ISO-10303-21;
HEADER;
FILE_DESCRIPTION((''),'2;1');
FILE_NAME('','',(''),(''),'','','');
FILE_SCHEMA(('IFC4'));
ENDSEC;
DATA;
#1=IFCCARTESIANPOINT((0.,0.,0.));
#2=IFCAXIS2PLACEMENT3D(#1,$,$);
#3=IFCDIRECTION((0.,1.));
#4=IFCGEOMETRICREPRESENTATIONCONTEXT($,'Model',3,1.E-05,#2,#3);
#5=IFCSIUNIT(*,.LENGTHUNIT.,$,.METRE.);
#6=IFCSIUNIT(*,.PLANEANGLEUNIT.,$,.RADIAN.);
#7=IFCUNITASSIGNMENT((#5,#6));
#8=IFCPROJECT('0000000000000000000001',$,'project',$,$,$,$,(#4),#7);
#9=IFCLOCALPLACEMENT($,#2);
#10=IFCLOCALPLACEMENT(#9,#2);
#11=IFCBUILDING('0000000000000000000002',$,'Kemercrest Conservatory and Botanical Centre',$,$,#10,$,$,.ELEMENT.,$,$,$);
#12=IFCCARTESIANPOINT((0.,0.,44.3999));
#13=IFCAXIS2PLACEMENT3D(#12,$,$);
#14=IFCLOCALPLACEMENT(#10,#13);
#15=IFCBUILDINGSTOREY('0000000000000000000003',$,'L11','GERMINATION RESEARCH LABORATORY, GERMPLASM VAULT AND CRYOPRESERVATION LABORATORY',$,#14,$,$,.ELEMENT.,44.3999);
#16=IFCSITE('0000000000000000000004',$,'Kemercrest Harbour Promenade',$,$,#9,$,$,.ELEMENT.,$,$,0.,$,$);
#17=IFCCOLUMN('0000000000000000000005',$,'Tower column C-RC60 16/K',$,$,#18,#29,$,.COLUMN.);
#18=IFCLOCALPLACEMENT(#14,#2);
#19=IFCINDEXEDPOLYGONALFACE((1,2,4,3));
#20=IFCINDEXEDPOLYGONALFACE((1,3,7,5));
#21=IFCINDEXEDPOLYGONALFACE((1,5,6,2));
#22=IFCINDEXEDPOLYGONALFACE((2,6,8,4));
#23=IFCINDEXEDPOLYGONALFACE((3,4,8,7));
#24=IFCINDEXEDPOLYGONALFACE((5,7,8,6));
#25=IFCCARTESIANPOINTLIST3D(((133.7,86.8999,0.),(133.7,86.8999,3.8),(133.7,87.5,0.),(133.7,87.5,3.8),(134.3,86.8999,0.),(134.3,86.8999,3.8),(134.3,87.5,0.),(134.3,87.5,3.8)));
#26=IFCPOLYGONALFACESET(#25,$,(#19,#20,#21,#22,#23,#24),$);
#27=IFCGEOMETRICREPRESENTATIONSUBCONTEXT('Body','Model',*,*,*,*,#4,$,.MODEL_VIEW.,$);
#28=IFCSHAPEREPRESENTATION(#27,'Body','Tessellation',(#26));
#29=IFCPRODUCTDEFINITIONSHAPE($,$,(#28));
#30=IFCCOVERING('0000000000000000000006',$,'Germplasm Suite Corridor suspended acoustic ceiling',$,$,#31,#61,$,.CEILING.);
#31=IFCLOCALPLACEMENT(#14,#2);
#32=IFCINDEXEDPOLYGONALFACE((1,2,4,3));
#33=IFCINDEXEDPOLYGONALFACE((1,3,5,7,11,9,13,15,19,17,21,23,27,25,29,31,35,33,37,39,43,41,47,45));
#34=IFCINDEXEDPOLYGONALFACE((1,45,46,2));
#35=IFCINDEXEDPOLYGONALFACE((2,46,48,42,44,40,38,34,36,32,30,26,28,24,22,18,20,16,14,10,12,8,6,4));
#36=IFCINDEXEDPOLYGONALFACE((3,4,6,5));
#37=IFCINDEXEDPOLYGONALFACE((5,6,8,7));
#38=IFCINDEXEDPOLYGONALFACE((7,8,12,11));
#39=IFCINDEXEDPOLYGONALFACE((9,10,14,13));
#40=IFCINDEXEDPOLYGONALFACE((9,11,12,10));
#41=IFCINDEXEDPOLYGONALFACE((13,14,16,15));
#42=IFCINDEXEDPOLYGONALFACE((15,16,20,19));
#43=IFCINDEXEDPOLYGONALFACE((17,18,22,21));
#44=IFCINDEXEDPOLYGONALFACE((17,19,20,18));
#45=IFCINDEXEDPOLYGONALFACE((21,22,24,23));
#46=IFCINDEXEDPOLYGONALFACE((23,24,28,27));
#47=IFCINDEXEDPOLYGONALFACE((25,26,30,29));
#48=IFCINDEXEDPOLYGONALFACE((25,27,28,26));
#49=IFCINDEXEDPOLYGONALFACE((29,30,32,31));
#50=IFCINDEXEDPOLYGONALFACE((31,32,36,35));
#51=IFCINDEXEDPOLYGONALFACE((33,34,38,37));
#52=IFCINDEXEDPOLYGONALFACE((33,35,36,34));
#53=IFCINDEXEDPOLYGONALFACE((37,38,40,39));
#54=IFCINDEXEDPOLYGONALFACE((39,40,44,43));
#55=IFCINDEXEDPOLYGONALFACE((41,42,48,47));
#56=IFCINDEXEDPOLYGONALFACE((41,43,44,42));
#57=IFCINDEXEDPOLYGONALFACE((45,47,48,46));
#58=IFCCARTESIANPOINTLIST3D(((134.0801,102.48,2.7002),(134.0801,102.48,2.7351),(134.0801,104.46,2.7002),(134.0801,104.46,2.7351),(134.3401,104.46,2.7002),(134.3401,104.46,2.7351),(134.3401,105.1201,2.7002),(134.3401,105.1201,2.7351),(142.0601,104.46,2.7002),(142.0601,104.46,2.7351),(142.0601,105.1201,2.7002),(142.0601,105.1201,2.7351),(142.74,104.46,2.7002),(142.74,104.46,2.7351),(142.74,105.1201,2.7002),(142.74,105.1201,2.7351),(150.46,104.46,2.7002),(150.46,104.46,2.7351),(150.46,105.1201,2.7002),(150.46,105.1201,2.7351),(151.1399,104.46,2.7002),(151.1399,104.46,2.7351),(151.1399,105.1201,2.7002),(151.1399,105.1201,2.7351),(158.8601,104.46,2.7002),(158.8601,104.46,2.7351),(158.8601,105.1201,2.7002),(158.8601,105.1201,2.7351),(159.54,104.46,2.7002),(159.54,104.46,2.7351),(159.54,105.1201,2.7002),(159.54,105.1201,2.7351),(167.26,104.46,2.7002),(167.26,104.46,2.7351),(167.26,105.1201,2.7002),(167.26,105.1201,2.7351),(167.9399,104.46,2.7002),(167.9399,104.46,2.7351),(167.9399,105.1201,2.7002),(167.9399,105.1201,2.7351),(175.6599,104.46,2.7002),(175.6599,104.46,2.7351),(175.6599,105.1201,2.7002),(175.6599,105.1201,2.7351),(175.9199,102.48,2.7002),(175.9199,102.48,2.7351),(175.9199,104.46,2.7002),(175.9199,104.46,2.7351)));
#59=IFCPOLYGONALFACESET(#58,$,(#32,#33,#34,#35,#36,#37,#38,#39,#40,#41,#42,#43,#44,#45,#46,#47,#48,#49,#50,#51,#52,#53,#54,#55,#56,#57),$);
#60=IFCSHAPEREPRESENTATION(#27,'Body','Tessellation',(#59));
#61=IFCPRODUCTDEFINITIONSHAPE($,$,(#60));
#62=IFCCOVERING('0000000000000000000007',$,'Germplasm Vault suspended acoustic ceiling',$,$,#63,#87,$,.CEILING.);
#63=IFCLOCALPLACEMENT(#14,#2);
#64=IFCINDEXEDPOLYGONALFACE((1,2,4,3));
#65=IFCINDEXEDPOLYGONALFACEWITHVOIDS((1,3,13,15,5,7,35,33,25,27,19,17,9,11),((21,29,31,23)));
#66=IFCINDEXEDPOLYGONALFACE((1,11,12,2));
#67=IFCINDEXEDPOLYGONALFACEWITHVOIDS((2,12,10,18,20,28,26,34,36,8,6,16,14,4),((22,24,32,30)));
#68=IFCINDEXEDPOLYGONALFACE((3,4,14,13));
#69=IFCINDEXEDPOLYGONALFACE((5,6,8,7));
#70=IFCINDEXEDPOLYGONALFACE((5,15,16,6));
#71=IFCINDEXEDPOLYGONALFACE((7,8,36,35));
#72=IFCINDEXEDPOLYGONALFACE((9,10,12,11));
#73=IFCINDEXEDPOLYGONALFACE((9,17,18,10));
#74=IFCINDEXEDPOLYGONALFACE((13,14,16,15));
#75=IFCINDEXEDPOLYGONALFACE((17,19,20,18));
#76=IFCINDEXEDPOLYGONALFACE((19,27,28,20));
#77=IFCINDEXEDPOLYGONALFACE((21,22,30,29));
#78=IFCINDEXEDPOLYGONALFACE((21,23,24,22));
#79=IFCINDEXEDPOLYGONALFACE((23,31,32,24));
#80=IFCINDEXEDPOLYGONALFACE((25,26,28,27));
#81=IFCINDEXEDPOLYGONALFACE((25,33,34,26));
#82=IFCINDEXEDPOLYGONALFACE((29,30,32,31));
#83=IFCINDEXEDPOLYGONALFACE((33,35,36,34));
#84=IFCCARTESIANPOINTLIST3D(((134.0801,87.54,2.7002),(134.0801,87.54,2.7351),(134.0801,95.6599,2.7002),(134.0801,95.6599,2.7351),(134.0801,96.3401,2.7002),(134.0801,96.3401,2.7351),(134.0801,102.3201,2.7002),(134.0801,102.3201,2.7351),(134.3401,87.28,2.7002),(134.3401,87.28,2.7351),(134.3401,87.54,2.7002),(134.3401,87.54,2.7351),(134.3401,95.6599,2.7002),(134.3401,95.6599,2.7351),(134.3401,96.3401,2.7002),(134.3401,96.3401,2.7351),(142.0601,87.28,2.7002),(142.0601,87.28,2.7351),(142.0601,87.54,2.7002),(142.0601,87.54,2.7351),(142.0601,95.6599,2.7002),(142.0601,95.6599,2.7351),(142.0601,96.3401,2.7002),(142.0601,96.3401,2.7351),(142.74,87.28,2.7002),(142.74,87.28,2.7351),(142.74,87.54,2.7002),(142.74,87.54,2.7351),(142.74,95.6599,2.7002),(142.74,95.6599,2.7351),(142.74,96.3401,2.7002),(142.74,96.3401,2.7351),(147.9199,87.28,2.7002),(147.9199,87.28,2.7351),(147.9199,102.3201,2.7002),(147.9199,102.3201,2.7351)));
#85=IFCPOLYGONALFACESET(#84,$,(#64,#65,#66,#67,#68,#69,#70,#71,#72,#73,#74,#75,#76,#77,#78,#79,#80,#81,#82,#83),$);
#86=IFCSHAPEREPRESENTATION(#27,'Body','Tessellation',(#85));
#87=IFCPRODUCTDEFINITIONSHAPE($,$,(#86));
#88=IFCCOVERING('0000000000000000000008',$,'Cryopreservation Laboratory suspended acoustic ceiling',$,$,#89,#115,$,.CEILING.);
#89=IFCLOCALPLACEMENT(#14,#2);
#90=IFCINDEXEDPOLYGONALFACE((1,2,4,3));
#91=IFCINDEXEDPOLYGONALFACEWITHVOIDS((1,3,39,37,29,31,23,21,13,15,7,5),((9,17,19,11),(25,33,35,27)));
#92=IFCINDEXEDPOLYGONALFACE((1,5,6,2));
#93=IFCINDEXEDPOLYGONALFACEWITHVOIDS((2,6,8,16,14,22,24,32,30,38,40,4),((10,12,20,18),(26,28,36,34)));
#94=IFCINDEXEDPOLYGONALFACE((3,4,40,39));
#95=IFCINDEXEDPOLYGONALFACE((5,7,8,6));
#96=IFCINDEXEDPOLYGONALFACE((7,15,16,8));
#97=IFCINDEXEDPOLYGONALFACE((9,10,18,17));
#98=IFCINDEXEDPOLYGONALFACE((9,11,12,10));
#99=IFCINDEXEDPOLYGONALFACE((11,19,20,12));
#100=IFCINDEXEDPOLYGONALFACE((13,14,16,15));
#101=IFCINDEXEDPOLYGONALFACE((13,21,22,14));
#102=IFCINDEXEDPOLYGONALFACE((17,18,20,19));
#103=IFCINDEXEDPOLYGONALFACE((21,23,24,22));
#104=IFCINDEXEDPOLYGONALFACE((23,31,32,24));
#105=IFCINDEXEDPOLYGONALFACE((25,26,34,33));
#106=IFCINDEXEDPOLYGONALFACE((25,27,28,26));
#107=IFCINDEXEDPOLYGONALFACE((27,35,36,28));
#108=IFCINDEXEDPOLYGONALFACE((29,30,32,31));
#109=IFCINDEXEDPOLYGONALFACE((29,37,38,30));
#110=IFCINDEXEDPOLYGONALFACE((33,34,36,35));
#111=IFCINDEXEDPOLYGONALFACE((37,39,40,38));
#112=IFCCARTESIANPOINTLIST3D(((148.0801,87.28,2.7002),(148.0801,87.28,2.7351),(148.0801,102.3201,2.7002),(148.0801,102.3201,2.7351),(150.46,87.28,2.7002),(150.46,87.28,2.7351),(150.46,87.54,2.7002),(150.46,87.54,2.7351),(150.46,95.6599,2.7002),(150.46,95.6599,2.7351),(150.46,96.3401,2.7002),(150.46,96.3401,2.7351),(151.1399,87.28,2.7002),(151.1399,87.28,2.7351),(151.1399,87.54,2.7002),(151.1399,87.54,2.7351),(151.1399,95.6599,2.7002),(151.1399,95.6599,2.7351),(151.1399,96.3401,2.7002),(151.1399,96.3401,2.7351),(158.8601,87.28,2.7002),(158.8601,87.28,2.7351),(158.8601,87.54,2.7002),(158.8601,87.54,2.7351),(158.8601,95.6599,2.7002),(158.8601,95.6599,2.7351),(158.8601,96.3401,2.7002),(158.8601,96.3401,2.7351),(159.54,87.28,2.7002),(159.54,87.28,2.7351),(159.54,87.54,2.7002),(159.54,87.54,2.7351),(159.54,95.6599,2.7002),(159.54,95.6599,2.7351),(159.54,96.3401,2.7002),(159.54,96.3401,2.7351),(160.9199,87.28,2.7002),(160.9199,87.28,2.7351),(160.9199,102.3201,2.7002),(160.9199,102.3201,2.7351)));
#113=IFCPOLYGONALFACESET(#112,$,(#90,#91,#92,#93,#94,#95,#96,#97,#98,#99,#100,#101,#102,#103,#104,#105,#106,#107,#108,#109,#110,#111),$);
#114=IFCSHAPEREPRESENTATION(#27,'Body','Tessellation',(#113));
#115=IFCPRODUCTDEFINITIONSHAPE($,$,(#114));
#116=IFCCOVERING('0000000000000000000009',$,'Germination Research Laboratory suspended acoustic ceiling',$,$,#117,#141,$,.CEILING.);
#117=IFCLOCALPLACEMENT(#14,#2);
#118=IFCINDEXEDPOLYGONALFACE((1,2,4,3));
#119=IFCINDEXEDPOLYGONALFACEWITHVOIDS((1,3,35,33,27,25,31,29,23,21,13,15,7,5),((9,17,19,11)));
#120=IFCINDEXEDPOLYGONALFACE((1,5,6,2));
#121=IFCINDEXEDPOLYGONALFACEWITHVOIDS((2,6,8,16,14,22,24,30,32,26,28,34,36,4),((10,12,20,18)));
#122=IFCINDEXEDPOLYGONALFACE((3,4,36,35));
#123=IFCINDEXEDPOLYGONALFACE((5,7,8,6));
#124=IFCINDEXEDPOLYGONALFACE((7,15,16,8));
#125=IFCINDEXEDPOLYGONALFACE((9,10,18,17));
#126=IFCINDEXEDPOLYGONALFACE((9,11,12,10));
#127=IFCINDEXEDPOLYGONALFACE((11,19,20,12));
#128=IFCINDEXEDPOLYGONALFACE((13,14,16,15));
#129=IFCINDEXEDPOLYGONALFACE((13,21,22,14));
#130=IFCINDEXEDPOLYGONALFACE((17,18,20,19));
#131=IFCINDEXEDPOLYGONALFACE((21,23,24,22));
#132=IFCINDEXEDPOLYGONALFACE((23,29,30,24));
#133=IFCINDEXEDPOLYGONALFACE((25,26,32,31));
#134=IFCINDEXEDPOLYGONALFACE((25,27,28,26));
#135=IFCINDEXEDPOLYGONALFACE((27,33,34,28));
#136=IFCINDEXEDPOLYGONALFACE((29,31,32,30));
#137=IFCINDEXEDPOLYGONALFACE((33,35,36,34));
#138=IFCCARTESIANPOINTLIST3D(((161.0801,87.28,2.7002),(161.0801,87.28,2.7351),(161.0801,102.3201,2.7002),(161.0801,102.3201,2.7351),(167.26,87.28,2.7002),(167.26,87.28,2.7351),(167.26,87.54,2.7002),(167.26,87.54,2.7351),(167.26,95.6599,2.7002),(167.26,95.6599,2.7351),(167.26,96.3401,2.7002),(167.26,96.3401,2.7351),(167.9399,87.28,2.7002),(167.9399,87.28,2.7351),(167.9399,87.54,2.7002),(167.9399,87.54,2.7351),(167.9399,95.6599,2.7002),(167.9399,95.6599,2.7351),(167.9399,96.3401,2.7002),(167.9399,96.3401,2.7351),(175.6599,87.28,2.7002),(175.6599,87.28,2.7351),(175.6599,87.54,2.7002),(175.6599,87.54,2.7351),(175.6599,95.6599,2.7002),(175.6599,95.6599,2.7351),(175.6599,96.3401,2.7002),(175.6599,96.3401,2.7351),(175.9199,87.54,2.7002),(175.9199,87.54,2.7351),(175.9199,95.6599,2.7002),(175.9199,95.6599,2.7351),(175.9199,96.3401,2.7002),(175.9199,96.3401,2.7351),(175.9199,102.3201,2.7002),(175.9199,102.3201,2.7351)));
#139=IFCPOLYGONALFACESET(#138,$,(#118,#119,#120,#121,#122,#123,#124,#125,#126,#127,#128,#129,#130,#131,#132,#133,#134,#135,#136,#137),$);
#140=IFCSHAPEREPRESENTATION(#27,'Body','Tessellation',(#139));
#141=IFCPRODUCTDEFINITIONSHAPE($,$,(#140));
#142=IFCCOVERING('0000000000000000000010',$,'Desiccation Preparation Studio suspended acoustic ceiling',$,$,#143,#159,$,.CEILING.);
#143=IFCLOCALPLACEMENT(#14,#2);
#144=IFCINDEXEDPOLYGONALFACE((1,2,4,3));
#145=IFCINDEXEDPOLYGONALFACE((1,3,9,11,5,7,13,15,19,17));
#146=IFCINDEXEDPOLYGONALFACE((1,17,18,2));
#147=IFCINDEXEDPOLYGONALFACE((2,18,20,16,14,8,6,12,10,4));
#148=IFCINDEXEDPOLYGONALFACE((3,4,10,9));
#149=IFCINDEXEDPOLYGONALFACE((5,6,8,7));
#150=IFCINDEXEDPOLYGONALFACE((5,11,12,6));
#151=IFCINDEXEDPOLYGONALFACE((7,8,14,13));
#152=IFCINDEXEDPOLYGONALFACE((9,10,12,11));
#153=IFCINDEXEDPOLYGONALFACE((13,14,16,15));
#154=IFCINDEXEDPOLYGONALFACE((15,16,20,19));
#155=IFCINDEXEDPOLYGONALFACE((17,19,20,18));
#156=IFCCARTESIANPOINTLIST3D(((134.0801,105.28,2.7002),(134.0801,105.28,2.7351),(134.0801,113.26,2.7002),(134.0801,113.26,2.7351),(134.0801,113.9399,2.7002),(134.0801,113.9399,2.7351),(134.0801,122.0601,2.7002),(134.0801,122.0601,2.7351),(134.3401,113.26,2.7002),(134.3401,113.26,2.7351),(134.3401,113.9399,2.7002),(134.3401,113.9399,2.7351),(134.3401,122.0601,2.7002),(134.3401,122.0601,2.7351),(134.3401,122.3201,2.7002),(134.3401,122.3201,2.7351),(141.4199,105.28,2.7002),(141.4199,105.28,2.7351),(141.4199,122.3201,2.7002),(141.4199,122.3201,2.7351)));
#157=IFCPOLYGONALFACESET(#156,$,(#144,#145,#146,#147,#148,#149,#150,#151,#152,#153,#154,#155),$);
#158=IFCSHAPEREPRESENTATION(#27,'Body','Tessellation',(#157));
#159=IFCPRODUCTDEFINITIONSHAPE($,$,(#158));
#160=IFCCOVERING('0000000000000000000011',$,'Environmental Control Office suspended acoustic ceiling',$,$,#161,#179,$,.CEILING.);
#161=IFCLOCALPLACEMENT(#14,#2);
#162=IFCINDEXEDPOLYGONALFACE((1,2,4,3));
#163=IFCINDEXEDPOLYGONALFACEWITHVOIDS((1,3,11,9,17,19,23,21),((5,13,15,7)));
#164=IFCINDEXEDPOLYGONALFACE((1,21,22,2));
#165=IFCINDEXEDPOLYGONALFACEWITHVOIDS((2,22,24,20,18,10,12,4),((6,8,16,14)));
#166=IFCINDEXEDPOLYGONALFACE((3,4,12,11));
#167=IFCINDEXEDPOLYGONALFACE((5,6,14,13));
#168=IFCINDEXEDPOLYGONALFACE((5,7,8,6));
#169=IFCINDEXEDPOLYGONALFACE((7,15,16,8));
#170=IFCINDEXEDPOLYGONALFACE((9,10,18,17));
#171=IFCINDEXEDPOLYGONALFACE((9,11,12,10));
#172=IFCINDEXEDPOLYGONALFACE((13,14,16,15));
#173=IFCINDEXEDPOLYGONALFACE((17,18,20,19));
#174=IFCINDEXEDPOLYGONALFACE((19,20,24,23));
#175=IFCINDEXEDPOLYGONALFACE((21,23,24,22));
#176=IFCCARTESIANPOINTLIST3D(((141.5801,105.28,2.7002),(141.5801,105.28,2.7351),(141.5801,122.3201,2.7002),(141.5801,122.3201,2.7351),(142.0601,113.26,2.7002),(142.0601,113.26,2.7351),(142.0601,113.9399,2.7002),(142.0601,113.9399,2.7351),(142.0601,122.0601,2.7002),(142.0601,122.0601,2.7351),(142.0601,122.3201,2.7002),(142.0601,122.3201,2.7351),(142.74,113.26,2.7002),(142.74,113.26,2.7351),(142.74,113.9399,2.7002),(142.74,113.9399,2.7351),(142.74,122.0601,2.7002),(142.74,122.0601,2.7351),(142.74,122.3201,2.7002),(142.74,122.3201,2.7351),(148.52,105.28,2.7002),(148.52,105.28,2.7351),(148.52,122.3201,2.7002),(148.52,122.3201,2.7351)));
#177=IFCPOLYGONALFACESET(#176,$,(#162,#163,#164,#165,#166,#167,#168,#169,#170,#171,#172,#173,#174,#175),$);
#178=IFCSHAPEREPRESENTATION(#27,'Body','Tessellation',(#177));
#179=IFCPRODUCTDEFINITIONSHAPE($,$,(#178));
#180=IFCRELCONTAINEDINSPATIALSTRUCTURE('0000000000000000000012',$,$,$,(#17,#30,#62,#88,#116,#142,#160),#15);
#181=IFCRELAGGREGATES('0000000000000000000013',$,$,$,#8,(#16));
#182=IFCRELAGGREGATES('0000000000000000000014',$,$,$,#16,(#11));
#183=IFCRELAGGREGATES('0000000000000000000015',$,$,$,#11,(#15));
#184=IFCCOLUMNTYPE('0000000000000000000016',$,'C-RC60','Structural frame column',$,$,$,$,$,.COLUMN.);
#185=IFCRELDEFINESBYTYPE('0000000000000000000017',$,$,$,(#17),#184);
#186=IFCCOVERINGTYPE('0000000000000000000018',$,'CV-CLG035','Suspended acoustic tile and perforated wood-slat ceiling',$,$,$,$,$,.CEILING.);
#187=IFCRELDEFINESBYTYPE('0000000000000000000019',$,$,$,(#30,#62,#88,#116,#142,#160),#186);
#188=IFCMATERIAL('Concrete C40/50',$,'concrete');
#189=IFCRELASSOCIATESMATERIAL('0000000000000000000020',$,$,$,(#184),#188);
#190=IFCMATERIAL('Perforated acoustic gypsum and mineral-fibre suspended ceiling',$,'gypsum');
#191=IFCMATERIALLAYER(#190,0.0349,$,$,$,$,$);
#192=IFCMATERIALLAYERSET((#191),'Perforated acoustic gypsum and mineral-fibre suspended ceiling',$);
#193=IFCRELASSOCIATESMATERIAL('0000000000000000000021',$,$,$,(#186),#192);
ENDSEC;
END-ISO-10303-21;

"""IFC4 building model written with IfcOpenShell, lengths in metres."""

from ifc_helpers import new_model, si_unit, direction, frame, origin, origin_2d, place, context, subcontext, project, spatial, polyline, rectangle, outline, extrude, material, layer, layer_set, material_profile, profile_set, type_object, element, save


model = new_model("IFC4")

# Units and contexts
model_context = context("Model", 3, precision=1e-05, world=origin(), true_north=direction((0.0, 1.0)))
body_context = subcontext(model_context, "Body", "Model", "MODEL_VIEW")
ifc_project = project(units=[si_unit("LENGTHUNIT", "METRE"), si_unit("PLANEANGLEUNIT", "RADIAN")], contexts=[model_context])

# Site, building, storey
site_placement = place(None, origin())
site = spatial("IfcSite", under=ifc_project, at=site_placement, Name="Kemercrest Harbour Promenade", CompositionType="ELEMENT", RefElevation=0.0)
building_placement = place(site_placement, origin())
building = spatial("IfcBuilding", under=site, at=building_placement, Name="Kemercrest Conservatory and Botanical Centre", CompositionType="ELEMENT")
storey_placement = place(building_placement, frame((0.0, 0.0, 44.3999)))
storey = spatial("IfcBuildingStorey", under=building, at=storey_placement, Name="L11", Description="GERMINATION RESEARCH LABORATORY, GERMPLASM VAULT AND CRYOPRESERVATION LABORATORY", CompositionType="ELEMENT", Elevation=44.3999)

# Column
ifc_material_1 = material(Name="Concrete C40/50", Category="concrete")
ifc_material_profile = material_profile(ifc_material_1, rectangle(XDim=0.6001, YDim=0.6001, at=origin_2d()), Name="RC 600x600")
ifc_profile_set = profile_set([ifc_material_profile], Name="Concrete C40/50")
column_type = type_object("IfcColumnType", Name="C-RC60", Description="Structural frame column", PredefinedType="COLUMN", material=ifc_profile_set)
column_placement = place(storey_placement, frame((134.0, 87.2, 0.0), z_axis=(0.0, 0.0, 1.0), x_axis=(1.0, 0.0, 0.0)))
element("IfcColumn", 1, at=column_placement, inside=storey, type_object=column_type, Name="Tower column C-RC60 16/K", PredefinedType="COLUMN", context=body_context, shape_type="SweptSolid", body=[
    extrude(rectangle(XDim=0.6001, YDim=0.6001, at=origin_2d()), origin(), (0.0, 0.0, 1.0), 3.8),
])

# Coverings
ifc_material_2 = material(Name="Perforated acoustic gypsum and mineral-fibre suspended ceiling", Category="gypsum")
ifc_layer_1 = layer(ifc_material_2, 0.0349)
ifc_layer_set_1 = layer_set([ifc_layer_1], Name="Perforated acoustic gypsum and mineral-fibre suspended ceiling")
covering_type_1 = type_object("IfcCoveringType", Name="CV-CLG035", Description="Suspended acoustic tile and perforated wood-slat ceiling", PredefinedType="CEILING", material=ifc_layer_set_1)
covering_1_placement = place(storey_placement, frame((0.0, 0.0, 2.7002)))
element("IfcCovering", 2, at=covering_1_placement, inside=storey, type_object=covering_type_1, Name="Germplasm Suite Corridor suspended acoustic ceiling", PredefinedType="CEILING", context=body_context, shape_type="SweptSolid", body=[
    extrude(outline(polyline([(134.0801, 102.48), (175.9199, 102.48), (175.9199, 104.46), (175.6599, 104.46), (175.6599, 105.1201), (167.9399, 105.1201), (167.9399, 104.46), (167.26, 104.46), (167.26, 105.1201), (159.54, 105.1201), (159.54, 104.46), (158.8601, 104.46), (158.8601, 105.1201), (151.1399, 105.1201), (151.1399, 104.46), (150.46, 104.46), (150.46, 105.1201), (142.74, 105.1201), (142.74, 104.46), (142.0601, 104.46), (142.0601, 105.1201), (134.3401, 105.1201), (134.3401, 104.46), (134.0801, 104.46), (134.0801, 102.48)])), origin(), (0.0, 0.0, 1.0), 0.0349),
])
covering_2_placement = place(storey_placement, frame((0.0, 0.0, 2.7002)))
element("IfcCovering", 3, at=covering_2_placement, inside=storey, type_object=covering_type_1, Name="Germplasm Vault suspended acoustic ceiling", PredefinedType="CEILING", context=body_context, shape_type="SweptSolid", body=[
    extrude(outline(polyline([(142.0601, 87.54), (142.74, 87.54), (142.74, 87.28), (147.9199, 87.28), (147.9199, 102.3201), (134.0801, 102.3201), (134.0801, 96.3401), (134.3401, 96.3401), (134.3401, 95.6599), (134.0801, 95.6599), (134.0801, 87.54), (134.3401, 87.54), (134.3401, 87.28), (142.0601, 87.28), (142.0601, 87.54)]), holes=[polyline([(142.0601, 96.3401), (142.74, 96.3401), (142.74, 95.6599), (142.0601, 95.6599), (142.0601, 96.3401)])]), origin(), (0.0, 0.0, 1.0), 0.0349),
])
covering_3_placement = place(storey_placement, frame((0.0, 0.0, 2.7002)))
element("IfcCovering", 4, at=covering_3_placement, inside=storey, type_object=covering_type_1, Name="Cryopreservation Laboratory suspended acoustic ceiling", PredefinedType="CEILING", context=body_context, shape_type="SweptSolid", body=[
    extrude(outline(polyline([(158.8601, 87.54), (159.54, 87.54), (159.54, 87.28), (160.9199, 87.28), (160.9199, 102.3201), (148.0801, 102.3201), (148.0801, 87.28), (150.46, 87.28), (150.46, 87.54), (151.1399, 87.54), (151.1399, 87.28), (158.8601, 87.28), (158.8601, 87.54)]), holes=[polyline([(158.8601, 96.3401), (159.54, 96.3401), (159.54, 95.6599), (158.8601, 95.6599), (158.8601, 96.3401)]), polyline([(150.46, 96.3401), (151.1399, 96.3401), (151.1399, 95.6599), (150.46, 95.6599), (150.46, 96.3401)])]), origin(), (0.0, 0.0, 1.0), 0.0349),
])
covering_4_placement = place(storey_placement, frame((0.0, 0.0, 2.7002)))
element("IfcCovering", 5, at=covering_4_placement, inside=storey, type_object=covering_type_1, Name="Germination Research Laboratory suspended acoustic ceiling", PredefinedType="CEILING", context=body_context, shape_type="SweptSolid", body=[
    extrude(outline(polyline([(167.26, 87.54), (167.9399, 87.54), (167.9399, 87.28), (175.6599, 87.28), (175.6599, 87.54), (175.9199, 87.54), (175.9199, 95.6599), (175.6599, 95.6599), (175.6599, 96.3401), (175.9199, 96.3401), (175.9199, 102.3201), (161.0801, 102.3201), (161.0801, 87.28), (167.26, 87.28), (167.26, 87.54)]), holes=[polyline([(167.26, 96.3401), (167.9399, 96.3401), (167.9399, 95.6599), (167.26, 95.6599), (167.26, 96.3401)])]), origin(), (0.0, 0.0, 1.0), 0.0349),
])
covering_5_placement = place(storey_placement, frame((0.0, 0.0, 2.7002)))
element("IfcCovering", 6, at=covering_5_placement, inside=storey, type_object=covering_type_1, Name="Desiccation Preparation Studio suspended acoustic ceiling", PredefinedType="CEILING", context=body_context, shape_type="SweptSolid", body=[
    extrude(outline(polyline([(134.0801, 105.28), (141.4199, 105.28), (141.4199, 122.3201), (134.3401, 122.3201), (134.3401, 122.0601), (134.0801, 122.0601), (134.0801, 113.9399), (134.3401, 113.9399), (134.3401, 113.26), (134.0801, 113.26), (134.0801, 105.28)])), origin(), (0.0, 0.0, 1.0), 0.0349),
])
covering_6_placement = place(storey_placement, frame((0.0, 0.0, 2.7002)))
element("IfcCovering", 7, at=covering_6_placement, inside=storey, type_object=covering_type_1, Name="Environmental Control Office suspended acoustic ceiling", PredefinedType="CEILING", context=body_context, shape_type="SweptSolid", body=[
    extrude(outline(polyline([(142.0601, 122.3201), (141.5801, 122.3201), (141.5801, 105.28), (148.52, 105.28), (148.52, 122.3201), (142.74, 122.3201), (142.74, 122.0601), (142.0601, 122.0601), (142.0601, 122.3201)]), holes=[polyline([(142.0601, 113.9399), (142.74, 113.9399), (142.74, 113.26), (142.0601, 113.26), (142.0601, 113.9399)])]), origin(), (0.0, 0.0, 1.0), 0.0349),
])

save(model, "model.ifc")
